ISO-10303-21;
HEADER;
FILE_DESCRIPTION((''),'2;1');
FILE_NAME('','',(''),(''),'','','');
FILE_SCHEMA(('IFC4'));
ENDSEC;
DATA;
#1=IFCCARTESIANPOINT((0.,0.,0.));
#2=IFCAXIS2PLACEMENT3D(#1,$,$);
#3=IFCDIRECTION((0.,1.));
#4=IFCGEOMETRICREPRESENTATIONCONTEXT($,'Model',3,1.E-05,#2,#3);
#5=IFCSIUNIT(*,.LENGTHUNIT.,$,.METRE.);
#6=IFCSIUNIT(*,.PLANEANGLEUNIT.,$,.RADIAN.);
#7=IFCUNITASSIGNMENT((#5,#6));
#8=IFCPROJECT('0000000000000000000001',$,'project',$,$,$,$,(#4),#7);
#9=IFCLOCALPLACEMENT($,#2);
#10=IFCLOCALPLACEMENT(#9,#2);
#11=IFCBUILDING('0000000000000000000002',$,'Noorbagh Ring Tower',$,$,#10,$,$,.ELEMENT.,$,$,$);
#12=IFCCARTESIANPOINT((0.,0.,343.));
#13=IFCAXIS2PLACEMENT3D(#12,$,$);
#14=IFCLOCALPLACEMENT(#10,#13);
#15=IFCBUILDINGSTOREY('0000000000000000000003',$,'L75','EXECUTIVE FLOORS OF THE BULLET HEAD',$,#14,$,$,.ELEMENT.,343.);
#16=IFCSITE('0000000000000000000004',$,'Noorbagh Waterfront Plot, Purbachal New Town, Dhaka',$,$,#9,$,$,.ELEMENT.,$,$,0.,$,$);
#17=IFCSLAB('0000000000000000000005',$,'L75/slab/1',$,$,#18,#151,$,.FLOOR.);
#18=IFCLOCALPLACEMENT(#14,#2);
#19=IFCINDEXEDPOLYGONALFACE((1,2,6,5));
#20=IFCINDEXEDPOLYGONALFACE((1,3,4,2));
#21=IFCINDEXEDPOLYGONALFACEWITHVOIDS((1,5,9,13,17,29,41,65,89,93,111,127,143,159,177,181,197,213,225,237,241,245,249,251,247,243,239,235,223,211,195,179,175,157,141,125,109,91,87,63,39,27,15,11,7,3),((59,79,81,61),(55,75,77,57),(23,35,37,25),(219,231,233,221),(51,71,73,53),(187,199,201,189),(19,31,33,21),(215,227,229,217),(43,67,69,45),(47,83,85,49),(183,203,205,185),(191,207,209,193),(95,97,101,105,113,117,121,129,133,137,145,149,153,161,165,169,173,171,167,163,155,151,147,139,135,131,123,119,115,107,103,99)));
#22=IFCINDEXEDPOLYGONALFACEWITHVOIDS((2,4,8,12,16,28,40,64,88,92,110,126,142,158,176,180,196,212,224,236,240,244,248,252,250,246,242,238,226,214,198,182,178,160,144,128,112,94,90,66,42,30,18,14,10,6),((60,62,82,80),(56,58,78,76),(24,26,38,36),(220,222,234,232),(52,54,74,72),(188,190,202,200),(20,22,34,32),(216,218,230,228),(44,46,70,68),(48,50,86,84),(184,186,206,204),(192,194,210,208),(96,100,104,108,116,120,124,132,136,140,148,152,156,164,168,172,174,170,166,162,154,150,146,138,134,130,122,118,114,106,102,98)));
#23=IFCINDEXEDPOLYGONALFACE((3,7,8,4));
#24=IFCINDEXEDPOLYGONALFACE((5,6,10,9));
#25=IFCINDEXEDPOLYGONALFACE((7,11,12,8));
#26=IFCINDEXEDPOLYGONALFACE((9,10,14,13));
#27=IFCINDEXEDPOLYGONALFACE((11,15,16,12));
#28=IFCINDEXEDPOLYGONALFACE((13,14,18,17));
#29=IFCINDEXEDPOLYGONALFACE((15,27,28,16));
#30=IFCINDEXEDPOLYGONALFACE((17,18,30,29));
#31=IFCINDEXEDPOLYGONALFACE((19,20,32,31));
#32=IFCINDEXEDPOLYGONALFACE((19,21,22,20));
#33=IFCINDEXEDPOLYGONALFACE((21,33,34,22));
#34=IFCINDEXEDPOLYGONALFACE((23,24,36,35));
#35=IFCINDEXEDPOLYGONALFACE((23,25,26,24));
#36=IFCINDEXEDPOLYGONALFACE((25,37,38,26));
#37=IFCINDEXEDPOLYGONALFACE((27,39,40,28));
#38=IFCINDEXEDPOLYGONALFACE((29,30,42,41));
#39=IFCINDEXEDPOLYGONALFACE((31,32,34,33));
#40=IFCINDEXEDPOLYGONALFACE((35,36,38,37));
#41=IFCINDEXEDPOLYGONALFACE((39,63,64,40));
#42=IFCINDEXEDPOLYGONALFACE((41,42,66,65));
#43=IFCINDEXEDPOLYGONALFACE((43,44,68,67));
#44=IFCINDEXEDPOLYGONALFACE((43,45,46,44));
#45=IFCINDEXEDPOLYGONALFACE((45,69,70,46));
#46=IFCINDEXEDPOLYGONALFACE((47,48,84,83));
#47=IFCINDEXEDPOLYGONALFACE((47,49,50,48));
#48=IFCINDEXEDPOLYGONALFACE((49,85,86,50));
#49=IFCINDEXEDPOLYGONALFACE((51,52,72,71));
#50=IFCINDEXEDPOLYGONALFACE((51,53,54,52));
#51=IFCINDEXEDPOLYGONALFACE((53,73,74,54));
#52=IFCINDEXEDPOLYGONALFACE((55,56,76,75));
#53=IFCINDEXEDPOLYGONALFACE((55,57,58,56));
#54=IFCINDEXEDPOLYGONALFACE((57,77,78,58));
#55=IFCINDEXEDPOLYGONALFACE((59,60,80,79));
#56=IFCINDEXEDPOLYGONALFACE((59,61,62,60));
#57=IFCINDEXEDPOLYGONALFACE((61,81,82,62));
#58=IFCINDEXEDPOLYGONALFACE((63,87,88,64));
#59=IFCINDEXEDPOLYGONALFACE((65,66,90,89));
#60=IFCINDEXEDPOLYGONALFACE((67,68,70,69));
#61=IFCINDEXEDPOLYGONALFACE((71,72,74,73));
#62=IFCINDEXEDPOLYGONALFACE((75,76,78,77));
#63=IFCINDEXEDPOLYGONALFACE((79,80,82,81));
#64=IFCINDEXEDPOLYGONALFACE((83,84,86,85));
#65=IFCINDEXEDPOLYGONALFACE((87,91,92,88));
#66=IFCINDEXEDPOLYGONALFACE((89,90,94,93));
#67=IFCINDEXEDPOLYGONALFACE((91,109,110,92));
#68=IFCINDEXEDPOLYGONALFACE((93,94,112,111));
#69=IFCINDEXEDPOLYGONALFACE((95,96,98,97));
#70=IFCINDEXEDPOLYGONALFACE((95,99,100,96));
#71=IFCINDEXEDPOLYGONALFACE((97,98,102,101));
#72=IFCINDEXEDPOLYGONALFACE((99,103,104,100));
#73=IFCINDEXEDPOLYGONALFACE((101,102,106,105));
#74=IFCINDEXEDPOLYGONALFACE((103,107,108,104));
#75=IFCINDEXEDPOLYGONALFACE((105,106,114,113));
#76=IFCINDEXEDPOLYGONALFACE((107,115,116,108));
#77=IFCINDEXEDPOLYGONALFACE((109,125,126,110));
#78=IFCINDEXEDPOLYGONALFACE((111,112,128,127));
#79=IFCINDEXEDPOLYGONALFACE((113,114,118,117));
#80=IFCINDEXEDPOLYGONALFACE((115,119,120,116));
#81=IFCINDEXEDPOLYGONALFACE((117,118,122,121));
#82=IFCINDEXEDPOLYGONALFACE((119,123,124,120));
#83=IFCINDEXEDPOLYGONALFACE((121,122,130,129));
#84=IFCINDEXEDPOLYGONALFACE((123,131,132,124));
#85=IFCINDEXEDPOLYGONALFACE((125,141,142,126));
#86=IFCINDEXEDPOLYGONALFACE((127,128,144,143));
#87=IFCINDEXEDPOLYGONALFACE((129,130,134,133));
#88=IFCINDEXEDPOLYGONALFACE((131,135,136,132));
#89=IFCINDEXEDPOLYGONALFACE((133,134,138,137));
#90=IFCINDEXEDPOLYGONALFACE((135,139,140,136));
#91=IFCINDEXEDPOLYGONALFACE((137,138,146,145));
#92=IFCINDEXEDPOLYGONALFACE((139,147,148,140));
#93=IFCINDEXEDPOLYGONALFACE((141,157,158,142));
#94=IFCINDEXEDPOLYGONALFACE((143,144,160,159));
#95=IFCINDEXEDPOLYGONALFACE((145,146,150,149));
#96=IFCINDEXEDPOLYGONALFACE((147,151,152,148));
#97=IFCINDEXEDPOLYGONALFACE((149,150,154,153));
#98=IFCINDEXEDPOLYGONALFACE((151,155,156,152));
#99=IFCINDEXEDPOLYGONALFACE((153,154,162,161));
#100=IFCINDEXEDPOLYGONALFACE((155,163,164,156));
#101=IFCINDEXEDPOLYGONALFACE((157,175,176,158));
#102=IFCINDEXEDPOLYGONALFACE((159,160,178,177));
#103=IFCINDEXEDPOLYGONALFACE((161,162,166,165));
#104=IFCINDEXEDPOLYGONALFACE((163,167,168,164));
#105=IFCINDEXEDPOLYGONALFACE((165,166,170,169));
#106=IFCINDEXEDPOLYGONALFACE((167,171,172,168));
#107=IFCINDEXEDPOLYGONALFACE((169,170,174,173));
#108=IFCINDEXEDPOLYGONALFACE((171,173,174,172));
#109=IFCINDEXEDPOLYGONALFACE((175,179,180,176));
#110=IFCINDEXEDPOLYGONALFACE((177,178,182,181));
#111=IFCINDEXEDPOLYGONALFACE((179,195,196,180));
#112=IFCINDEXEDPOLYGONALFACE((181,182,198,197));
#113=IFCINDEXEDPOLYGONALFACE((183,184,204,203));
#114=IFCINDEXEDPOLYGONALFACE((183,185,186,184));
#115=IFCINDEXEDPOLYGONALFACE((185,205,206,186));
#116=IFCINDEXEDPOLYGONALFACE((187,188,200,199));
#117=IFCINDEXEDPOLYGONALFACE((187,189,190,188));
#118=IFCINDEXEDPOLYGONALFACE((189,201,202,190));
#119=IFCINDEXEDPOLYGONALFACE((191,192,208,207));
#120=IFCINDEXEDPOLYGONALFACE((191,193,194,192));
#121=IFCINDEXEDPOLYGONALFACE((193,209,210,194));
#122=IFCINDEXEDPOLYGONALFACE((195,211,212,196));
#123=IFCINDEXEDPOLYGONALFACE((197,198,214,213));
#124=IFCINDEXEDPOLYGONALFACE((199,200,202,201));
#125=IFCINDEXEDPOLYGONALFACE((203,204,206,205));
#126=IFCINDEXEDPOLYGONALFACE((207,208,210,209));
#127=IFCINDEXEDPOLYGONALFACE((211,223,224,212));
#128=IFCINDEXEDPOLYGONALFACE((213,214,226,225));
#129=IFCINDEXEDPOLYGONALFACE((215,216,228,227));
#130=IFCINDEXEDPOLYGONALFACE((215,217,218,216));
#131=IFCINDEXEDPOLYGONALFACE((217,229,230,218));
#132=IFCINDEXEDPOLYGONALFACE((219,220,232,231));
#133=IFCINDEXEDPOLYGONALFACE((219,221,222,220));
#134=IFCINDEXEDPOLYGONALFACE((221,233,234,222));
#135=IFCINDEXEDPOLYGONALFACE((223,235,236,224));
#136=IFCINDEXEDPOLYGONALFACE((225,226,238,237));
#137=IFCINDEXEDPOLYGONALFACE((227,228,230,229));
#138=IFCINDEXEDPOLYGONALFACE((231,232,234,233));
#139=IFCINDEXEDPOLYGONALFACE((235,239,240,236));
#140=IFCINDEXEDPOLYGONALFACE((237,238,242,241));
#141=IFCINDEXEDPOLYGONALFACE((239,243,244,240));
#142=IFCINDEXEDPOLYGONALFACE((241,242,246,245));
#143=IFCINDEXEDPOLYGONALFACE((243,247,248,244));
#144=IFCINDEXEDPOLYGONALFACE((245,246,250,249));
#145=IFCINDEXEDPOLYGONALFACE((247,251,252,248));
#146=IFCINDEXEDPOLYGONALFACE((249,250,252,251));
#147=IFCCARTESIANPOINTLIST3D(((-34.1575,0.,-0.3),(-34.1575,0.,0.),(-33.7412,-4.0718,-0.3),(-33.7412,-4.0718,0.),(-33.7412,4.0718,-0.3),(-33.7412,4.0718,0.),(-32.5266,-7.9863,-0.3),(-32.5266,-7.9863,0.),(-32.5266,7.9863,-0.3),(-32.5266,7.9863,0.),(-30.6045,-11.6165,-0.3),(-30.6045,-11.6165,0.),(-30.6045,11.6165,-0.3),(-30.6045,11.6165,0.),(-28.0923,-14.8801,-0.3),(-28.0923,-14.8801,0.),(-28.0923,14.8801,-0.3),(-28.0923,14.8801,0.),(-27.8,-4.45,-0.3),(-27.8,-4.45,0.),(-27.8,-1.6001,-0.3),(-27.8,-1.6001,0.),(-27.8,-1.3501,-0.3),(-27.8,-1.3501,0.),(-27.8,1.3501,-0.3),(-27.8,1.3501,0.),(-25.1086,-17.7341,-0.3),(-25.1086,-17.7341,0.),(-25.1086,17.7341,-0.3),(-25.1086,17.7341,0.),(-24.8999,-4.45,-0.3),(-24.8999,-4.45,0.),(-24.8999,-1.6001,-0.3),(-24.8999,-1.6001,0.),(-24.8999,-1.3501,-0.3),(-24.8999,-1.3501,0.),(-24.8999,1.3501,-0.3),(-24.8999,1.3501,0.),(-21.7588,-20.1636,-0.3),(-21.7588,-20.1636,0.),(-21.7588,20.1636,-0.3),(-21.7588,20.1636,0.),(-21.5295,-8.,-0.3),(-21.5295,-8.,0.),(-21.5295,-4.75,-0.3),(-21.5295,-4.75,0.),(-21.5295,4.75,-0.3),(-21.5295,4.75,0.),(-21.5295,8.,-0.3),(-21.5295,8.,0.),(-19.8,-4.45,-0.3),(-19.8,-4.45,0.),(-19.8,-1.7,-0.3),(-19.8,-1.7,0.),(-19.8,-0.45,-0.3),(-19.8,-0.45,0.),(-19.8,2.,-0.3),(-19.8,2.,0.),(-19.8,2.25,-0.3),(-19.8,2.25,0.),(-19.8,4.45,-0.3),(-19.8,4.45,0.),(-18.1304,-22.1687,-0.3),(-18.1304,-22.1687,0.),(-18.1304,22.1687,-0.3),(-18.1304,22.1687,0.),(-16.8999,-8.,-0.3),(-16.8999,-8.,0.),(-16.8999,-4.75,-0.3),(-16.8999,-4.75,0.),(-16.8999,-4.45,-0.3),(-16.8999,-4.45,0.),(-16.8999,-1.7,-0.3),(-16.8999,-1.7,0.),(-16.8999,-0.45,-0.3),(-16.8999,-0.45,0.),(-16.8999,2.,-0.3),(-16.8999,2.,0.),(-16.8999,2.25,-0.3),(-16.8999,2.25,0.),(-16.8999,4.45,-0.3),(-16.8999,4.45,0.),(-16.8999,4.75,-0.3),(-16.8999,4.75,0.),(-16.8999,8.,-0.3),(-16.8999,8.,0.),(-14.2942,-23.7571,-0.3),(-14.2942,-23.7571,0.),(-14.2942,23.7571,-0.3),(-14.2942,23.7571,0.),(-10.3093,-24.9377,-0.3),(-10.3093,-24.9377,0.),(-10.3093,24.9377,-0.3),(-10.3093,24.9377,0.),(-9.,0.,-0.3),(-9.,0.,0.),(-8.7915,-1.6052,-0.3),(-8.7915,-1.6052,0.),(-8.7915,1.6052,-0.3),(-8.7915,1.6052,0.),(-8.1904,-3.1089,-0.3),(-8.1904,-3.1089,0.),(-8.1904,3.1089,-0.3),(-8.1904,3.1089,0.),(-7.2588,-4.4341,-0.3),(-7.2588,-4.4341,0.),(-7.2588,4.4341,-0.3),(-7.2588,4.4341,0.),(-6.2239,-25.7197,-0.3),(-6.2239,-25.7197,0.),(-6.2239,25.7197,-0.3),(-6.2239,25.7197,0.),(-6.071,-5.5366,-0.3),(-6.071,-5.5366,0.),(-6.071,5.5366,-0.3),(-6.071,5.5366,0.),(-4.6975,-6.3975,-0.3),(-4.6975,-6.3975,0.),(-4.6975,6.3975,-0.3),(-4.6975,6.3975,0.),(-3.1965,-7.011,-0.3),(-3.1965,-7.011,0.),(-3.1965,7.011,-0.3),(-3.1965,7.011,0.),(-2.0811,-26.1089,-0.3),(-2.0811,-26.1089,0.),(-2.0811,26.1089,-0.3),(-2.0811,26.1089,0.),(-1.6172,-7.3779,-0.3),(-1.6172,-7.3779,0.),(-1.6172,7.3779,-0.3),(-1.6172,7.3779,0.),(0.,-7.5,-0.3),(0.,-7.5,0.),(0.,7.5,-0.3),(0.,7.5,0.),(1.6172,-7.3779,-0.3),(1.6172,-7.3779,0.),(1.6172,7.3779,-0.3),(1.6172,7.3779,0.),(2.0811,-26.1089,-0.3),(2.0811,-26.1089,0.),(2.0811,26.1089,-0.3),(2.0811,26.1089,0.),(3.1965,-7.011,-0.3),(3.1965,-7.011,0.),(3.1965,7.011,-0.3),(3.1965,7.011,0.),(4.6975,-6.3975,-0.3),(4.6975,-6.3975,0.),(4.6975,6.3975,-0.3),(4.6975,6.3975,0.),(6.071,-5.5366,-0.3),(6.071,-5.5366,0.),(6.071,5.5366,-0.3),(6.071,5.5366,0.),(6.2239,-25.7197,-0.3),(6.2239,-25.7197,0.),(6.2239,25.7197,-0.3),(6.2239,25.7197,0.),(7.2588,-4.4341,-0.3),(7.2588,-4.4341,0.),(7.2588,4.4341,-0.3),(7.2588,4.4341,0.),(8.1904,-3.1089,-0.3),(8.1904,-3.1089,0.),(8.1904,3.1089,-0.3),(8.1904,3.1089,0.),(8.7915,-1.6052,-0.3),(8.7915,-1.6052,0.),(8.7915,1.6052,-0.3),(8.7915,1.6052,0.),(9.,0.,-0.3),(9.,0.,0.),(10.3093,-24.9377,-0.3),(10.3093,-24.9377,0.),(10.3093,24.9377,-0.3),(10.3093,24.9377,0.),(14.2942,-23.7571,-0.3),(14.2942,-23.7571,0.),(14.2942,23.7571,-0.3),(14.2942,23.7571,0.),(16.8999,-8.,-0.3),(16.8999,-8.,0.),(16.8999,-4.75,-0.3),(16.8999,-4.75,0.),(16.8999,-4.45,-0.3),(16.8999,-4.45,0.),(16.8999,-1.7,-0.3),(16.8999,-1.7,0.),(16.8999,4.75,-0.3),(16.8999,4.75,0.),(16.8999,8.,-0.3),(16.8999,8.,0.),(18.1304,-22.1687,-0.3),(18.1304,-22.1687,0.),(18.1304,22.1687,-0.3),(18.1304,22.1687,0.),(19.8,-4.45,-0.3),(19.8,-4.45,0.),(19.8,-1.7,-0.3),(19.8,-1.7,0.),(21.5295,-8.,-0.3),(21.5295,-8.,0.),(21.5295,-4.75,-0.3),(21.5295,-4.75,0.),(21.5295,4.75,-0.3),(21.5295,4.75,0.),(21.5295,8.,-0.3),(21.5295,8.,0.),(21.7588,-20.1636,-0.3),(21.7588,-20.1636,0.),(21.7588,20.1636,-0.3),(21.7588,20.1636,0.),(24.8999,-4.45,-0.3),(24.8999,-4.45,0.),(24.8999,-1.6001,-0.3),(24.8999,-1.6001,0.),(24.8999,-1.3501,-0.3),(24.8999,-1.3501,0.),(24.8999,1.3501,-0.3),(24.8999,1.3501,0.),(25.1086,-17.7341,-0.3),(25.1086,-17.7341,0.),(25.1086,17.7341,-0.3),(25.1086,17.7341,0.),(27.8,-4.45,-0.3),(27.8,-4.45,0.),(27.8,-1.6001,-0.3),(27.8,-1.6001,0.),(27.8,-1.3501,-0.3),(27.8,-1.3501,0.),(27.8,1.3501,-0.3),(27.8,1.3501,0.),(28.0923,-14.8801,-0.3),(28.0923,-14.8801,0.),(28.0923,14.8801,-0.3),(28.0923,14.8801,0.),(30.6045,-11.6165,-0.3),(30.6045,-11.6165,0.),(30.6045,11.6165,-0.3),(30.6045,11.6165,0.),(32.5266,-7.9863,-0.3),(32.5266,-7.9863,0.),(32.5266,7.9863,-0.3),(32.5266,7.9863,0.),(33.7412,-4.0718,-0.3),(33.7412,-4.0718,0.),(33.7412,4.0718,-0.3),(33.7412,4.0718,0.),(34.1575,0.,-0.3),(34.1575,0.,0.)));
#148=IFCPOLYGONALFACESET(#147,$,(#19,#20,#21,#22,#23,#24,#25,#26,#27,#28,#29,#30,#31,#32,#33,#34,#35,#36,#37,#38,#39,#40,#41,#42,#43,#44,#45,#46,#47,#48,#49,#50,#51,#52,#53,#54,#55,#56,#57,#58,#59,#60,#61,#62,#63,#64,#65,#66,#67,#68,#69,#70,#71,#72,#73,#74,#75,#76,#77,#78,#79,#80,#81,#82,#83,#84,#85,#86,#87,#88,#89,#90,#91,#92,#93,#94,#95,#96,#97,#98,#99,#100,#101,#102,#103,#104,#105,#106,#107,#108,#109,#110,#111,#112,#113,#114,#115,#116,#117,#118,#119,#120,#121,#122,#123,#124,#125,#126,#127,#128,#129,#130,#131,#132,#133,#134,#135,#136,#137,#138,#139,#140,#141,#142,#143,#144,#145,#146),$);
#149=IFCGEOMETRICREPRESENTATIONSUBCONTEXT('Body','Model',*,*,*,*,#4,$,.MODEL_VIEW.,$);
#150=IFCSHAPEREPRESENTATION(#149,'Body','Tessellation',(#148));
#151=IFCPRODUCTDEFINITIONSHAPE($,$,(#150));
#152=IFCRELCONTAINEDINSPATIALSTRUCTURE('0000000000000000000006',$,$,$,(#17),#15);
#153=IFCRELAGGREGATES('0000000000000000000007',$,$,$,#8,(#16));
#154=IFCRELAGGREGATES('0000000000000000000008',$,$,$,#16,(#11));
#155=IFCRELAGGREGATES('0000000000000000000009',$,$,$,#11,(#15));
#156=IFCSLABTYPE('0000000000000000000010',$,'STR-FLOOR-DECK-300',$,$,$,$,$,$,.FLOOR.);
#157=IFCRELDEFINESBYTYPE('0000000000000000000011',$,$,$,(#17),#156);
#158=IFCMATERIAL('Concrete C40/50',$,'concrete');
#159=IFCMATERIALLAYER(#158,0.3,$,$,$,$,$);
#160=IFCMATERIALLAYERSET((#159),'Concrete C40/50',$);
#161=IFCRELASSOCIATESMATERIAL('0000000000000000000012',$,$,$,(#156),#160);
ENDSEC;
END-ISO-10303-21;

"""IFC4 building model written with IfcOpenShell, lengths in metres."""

from ifc_helpers import new_model, si_unit, direction, frame, origin, place, context, subcontext, project, spatial, polyline, outline, extrude, material, layer, layer_set, type_object, element, save


model = new_model("IFC4")

# Units and contexts
model_context = context("Model", 3, precision=1e-05, world=origin(), true_north=direction((0.0, 1.0)))
body_context = subcontext(model_context, "Body", "Model", "MODEL_VIEW")
ifc_project = project(units=[si_unit("LENGTHUNIT", "METRE"), si_unit("PLANEANGLEUNIT", "RADIAN")], contexts=[model_context])

# Site, building, storey
site_placement = place(None, origin())
building_placement = place(site_placement, origin())
storey_placement = place(building_placement, frame((0.0, 0.0, 343.0)))
site = spatial("IfcSite", under=ifc_project, at=site_placement, Name="Noorbagh Waterfront Plot, Purbachal New Town, Dhaka", CompositionType="ELEMENT", RefElevation=0.0)
building = spatial("IfcBuilding", under=site, at=building_placement, Name="Noorbagh Ring Tower", CompositionType="ELEMENT")
storey = spatial("IfcBuildingStorey", under=building, at=storey_placement, Name="L75", Description="EXECUTIVE FLOORS OF THE BULLET HEAD", CompositionType="ELEMENT", Elevation=343.0)

# Slab
ifc_material_1 = material(Name="Concrete C40/50", Category="concrete")
ifc_layer_1 = layer(ifc_material_1, 0.3)
ifc_layer_set_1 = layer_set([ifc_layer_1], Name="Concrete C40/50")
slab_type_1 = type_object("IfcSlabType", Name="STR-FLOOR-DECK-300", PredefinedType="FLOOR", material=ifc_layer_set_1)
slab_1_placement = place(storey_placement, frame((0.0, 0.0, -0.3)))
element("IfcSlab", 1, at=slab_1_placement, inside=storey, type_object=slab_type_1, Name="L75/slab/1", PredefinedType="FLOOR", context=body_context, shape_type="SweptSolid", body=[
    extrude(outline(polyline([(34.1575, 0.0), (33.7412, 4.0718), (32.5266, 7.9863), (30.6045, 11.6165), (28.0923, 14.8801), (25.1086, 17.7341), (21.7588, 20.1636), (18.1304, 22.1687), (14.2942, 23.7571), (10.3093, 24.9377), (6.2239, 25.7197), (2.0811, 26.1089), (-2.0811, 26.1089), (-6.2239, 25.7197), (-10.3093, 24.9377), (-14.2942, 23.7571), (-18.1304, 22.1687), (-21.7588, 20.1636), (-25.1086, 17.7341), (-28.0923, 14.8801), (-30.6045, 11.6165), (-32.5266, 7.9863), (-33.7412, 4.0718), (-34.1575, 0.0), (-33.7412, -4.0718), (-32.5266, -7.9863), (-30.6045, -11.6165), (-28.0923, -14.8801), (-25.1086, -17.7341), (-21.7588, -20.1636), (-18.1304, -22.1687), (-14.2942, -23.7571), (-10.3093, -24.9377), (-6.2239, -25.7197), (-2.0811, -26.1089), (2.0811, -26.1089), (6.2239, -25.7197), (10.3093, -24.9377), (14.2942, -23.7571), (18.1304, -22.1687), (21.7588, -20.1636), (25.1086, -17.7341), (28.0923, -14.8801), (30.6045, -11.6165), (32.5266, -7.9863), (33.7412, -4.0718), (34.1575, 0.0)]), holes=[polyline([(24.8999, -1.6001), (27.8, -1.6001), (27.8, -4.45), (24.8999, -4.45), (24.8999, -1.6001)]), polyline([(24.8999, 1.3501), (27.8, 1.3501), (27.8, -1.3501), (24.8999, -1.3501), (24.8999, 1.3501)]), polyline([(21.5295, -8.0), (16.8999, -8.0), (16.8999, -4.75), (21.5295, -4.75), (21.5295, -8.0)]), polyline([(21.5295, 4.75), (16.8999, 4.75), (16.8999, 8.0), (21.5295, 8.0), (21.5295, 4.75)]), polyline([(16.8999, -1.7), (19.8, -1.7), (19.8, -4.45), (16.8999, -4.45), (16.8999, -1.7)]), polyline([(4.6975, -6.3975), (3.1965, -7.011), (1.6172, -7.3779), (0.0, -7.5), (-1.6172, -7.3779), (-3.1965, -7.011), (-4.6975, -6.3975), (-6.071, -5.5366), (-7.2588, -4.4341), (-8.1904, -3.1089), (-8.7915, -1.6052), (-9.0, 0.0), (-8.7915, 1.6052), (-8.1904, 3.1089), (-7.2588, 4.4341), (-6.071, 5.5366), (-4.6975, 6.3975), (-3.1965, 7.011), (-1.6172, 7.3779), (0.0, 7.5), (1.6172, 7.3779), (3.1965, 7.011), (4.6975, 6.3975), (6.071, 5.5366), (7.2588, 4.4341), (8.1904, 3.1089), (8.7915, 1.6052), (9.0, 0.0), (8.7915, -1.6052), (8.1904, -3.1089), (7.2588, -4.4341), (6.071, -5.5366), (4.6975, -6.3975)]), polyline([(-21.5295, -8.0), (-21.5295, -4.75), (-16.8999, -4.75), (-16.8999, -8.0), (-21.5295, -8.0)]), polyline([(-21.5295, 4.75), (-21.5295, 8.0), (-16.8999, 8.0), (-16.8999, 4.75), (-21.5295, 4.75)]), polyline([(-16.8999, -4.45), (-19.8, -4.45), (-19.8, -1.7), (-16.8999, -1.7), (-16.8999, -4.45)]), polyline([(-16.8999, -0.45), (-19.8, -0.45), (-19.8, 2.0), (-16.8999, 2.0), (-16.8999, -0.45)]), polyline([(-16.8999, 2.25), (-19.8, 2.25), (-19.8, 4.45), (-16.8999, 4.45), (-16.8999, 2.25)]), polyline([(-24.8999, -4.45), (-27.8, -4.45), (-27.8, -1.6001), (-24.8999, -1.6001), (-24.8999, -4.45)]), polyline([(-24.8999, 1.3501), (-24.8999, -1.3501), (-27.8, -1.3501), (-27.8, 1.3501), (-24.8999, 1.3501)])]), origin(), (0.0, 0.0, 1.0), 0.3),
])

save(model, "model.ifc")
